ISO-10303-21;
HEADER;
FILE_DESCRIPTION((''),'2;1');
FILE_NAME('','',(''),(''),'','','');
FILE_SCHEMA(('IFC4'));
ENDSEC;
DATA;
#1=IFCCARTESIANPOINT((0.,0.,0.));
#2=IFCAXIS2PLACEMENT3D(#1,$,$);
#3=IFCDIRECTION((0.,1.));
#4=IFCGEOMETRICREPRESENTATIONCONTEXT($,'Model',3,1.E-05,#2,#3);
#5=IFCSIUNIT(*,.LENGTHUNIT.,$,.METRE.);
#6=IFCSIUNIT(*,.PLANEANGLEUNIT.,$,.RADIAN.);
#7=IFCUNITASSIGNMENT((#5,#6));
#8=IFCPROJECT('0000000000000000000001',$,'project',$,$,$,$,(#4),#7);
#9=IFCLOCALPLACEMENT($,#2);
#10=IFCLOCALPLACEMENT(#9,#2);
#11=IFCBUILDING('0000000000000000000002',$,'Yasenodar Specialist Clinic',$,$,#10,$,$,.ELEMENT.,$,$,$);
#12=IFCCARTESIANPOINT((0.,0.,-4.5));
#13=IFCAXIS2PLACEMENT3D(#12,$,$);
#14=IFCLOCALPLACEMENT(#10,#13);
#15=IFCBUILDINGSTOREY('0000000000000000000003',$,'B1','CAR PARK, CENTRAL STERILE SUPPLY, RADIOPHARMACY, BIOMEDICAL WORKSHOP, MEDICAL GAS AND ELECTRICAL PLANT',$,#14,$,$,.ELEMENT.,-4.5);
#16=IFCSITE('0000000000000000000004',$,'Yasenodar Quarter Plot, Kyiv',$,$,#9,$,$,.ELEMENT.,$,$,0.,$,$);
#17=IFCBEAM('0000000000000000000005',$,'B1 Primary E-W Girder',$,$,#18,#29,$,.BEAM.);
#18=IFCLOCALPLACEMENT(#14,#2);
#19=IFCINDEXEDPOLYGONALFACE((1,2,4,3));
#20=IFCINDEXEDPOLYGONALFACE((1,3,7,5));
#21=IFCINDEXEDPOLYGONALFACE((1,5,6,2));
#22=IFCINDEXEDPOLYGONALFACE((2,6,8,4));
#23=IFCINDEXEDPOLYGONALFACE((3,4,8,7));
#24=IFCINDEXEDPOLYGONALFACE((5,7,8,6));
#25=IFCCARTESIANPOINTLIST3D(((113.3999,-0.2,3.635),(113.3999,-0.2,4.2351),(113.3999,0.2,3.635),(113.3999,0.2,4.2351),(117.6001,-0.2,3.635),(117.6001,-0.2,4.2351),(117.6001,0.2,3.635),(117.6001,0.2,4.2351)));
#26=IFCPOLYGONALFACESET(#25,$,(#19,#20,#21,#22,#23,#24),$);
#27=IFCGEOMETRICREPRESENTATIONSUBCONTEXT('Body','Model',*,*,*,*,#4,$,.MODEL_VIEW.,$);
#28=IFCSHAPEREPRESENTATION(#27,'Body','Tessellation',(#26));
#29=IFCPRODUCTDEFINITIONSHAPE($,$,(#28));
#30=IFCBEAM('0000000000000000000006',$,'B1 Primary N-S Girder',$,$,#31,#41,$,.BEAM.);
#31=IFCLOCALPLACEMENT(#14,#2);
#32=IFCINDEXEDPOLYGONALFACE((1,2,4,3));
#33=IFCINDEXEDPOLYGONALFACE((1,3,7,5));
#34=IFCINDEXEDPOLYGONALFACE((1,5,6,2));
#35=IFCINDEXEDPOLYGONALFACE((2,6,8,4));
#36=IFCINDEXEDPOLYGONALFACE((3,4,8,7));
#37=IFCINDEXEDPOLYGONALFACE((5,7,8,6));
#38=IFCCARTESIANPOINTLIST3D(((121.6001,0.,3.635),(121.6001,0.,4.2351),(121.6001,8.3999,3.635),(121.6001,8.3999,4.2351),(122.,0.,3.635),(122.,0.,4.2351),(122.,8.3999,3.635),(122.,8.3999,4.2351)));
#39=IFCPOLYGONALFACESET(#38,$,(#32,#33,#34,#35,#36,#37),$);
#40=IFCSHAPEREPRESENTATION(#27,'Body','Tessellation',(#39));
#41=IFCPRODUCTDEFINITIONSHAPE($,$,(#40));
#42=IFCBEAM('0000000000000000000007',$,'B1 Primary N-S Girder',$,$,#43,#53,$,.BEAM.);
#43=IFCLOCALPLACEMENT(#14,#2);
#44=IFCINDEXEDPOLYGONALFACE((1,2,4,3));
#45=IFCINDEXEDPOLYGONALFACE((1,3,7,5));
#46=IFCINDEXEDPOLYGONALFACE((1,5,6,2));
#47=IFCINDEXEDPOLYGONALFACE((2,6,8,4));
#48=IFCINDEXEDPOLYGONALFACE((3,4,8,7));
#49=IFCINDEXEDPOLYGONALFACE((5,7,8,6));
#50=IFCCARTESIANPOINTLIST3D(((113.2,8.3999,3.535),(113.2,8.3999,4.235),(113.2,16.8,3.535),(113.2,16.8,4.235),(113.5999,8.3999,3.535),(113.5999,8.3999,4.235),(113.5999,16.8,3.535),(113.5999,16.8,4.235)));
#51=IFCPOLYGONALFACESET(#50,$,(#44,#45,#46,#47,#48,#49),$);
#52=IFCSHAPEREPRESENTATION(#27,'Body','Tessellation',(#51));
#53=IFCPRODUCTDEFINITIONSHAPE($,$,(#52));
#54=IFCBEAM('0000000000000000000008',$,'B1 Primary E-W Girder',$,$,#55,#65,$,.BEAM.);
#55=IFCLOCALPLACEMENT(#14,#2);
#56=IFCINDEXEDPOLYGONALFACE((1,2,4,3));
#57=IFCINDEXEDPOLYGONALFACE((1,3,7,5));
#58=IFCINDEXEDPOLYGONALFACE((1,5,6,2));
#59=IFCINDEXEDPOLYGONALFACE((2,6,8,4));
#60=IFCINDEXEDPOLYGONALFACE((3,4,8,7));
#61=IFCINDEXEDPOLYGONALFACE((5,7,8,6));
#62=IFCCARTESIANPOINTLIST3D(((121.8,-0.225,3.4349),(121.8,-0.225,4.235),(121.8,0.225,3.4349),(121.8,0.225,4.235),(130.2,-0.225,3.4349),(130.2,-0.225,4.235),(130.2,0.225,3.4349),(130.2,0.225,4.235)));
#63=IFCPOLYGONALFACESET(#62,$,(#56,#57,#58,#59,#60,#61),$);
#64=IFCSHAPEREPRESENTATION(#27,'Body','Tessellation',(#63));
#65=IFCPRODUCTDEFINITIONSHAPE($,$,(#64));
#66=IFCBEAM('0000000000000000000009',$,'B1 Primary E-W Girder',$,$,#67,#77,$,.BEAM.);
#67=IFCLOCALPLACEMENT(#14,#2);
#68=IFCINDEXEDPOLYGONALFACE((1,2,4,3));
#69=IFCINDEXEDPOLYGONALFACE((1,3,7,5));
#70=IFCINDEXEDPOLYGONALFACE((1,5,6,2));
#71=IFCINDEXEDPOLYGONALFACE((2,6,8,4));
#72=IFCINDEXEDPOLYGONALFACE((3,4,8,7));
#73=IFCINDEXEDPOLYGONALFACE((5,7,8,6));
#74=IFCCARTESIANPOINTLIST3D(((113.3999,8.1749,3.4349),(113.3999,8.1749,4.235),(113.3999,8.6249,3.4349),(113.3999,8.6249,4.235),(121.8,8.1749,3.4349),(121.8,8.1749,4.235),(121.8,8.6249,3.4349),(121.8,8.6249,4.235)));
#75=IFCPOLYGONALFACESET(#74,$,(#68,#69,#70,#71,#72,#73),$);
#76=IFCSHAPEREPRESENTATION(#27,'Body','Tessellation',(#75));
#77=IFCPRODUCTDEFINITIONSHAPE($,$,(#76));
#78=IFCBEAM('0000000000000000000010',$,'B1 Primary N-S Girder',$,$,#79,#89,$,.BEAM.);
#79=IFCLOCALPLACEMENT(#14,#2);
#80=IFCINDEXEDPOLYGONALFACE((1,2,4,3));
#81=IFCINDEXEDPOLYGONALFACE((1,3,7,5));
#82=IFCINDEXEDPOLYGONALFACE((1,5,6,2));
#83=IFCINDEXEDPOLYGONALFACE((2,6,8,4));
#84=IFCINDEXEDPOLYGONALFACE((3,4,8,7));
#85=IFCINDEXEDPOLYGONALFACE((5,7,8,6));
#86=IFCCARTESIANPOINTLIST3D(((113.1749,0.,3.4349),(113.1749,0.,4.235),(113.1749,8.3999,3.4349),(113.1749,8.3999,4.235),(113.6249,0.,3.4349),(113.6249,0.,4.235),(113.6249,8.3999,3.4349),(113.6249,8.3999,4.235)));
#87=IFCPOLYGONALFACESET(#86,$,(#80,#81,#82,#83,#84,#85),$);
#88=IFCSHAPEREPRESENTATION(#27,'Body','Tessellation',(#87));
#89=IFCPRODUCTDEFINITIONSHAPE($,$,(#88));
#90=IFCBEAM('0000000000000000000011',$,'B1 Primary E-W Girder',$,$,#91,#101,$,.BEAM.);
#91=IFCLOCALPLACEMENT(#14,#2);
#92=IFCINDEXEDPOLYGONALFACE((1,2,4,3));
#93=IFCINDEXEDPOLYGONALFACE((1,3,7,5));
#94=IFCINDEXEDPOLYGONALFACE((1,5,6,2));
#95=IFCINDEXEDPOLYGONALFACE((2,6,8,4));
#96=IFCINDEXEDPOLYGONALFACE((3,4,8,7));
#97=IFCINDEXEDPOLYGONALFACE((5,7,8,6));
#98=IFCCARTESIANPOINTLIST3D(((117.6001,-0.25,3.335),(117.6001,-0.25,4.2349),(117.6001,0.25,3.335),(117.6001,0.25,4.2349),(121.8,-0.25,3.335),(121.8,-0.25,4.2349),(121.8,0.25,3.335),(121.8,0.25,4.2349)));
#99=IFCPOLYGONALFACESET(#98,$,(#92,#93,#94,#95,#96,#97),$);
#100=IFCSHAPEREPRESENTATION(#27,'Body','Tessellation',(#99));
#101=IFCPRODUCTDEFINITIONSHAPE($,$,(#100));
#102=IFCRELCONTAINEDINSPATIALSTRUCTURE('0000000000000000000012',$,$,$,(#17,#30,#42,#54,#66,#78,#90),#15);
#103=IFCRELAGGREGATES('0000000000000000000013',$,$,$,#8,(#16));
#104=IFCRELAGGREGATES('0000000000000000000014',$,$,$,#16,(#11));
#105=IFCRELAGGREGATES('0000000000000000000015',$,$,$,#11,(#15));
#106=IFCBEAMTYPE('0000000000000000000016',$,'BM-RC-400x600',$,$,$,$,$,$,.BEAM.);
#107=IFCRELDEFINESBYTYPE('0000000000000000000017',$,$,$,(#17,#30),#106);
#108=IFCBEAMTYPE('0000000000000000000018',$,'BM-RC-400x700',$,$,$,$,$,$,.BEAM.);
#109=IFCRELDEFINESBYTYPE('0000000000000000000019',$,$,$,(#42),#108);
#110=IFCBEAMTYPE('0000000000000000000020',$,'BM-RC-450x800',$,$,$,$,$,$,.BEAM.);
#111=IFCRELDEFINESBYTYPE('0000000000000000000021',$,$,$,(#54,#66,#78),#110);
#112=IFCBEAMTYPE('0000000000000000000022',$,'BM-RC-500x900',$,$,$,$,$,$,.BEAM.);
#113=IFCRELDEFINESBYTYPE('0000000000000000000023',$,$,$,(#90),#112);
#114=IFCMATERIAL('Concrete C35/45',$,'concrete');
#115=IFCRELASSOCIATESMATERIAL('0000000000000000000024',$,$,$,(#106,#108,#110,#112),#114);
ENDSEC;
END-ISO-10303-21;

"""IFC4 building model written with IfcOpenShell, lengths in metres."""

from ifc_helpers import new_model, si_unit, direction, frame, origin, origin_2d, place, context, subcontext, project, spatial, rectangle, extrude, material, material_profile, profile_set, type_object, element, save


model = new_model("IFC4")

# Units and contexts
model_context = context("Model", 3, precision=1e-05, world=origin(), true_north=direction((0.0, 1.0)))
body_context = subcontext(model_context, "Body", "Model", "MODEL_VIEW")
ifc_project = project(units=[si_unit("LENGTHUNIT", "METRE"), si_unit("PLANEANGLEUNIT", "RADIAN")], contexts=[model_context])

# Site, building, storey
site_placement = place(None, origin())
site = spatial("IfcSite", under=ifc_project, at=site_placement, Name="Yasenodar Quarter Plot, Kyiv", CompositionType="ELEMENT", RefElevation=0.0)
building_placement = place(site_placement, origin())
building = spatial("IfcBuilding", under=site, at=building_placement, Name="Yasenodar Specialist Clinic", CompositionType="ELEMENT")
storey_placement = place(building_placement, frame((0.0, 0.0, -4.5)))
storey = spatial("IfcBuildingStorey", under=building, at=storey_placement, Name="B1", Description="CAR PARK, CENTRAL STERILE SUPPLY, RADIOPHARMACY, BIOMEDICAL WORKSHOP, MEDICAL GAS AND ELECTRICAL PLANT", CompositionType="ELEMENT", Elevation=-4.5)

# Shared definitions
ifc_material_1 = material(Name="Concrete C35/45", Category="concrete")

# Beams
ifc_material_profile_1 = material_profile(ifc_material_1, rectangle(XDim=0.3999, YDim=0.6001, at=origin_2d()), Name="RC 400x600")
ifc_profile_set_1 = profile_set([ifc_material_profile_1], Name="Concrete C35/45")
beam_type_1 = type_object("IfcBeamType", Name="BM-RC-400x600", PredefinedType="BEAM", material=ifc_profile_set_1)
beam_1_placement = place(storey_placement, frame((113.3999, 0.0, 3.9351), z_axis=(1.0, 0.0, 0.0), x_axis=(0.0, 1.0, 0.0)))
element("IfcBeam", 1, at=beam_1_placement, inside=storey, type_object=beam_type_1, Name="B1 Primary E-W Girder", PredefinedType="BEAM", context=body_context, shape_type="SweptSolid", body=[
    extrude(rectangle(XDim=0.3999, YDim=0.6001, at=origin_2d()), origin(), (0.0, 0.0, 1.0), 4.2002),
])
beam_2_placement = place(storey_placement, frame((121.8, 0.0, 3.9351), z_axis=(0.0, 1.0, 0.0), x_axis=(-1.0, 0.0, 0.0)))
element("IfcBeam", 2, at=beam_2_placement, inside=storey, type_object=beam_type_1, Name="B1 Primary N-S Girder", PredefinedType="BEAM", context=body_context, shape_type="SweptSolid", body=[
    extrude(rectangle(XDim=0.3999, YDim=0.6001, at=origin_2d()), origin(), (0.0, 0.0, 1.0), 8.3999),
])
ifc_material_profile_2 = material_profile(ifc_material_1, rectangle(XDim=0.3999, YDim=0.7, at=origin_2d()), Name="RC 400x700")
ifc_profile_set_2 = profile_set([ifc_material_profile_2], Name="Concrete C35/45")
beam_type_2 = type_object("IfcBeamType", Name="BM-RC-400x700", PredefinedType="BEAM", material=ifc_profile_set_2)
beam_3_placement = place(storey_placement, frame((113.3999, 8.3999, 3.885), z_axis=(0.0, 1.0, 0.0), x_axis=(-1.0, 0.0, 0.0)))
element("IfcBeam", 3, at=beam_3_placement, inside=storey, type_object=beam_type_2, Name="B1 Primary N-S Girder", PredefinedType="BEAM", context=body_context, shape_type="SweptSolid", body=[
    extrude(rectangle(XDim=0.3999, YDim=0.7, at=origin_2d()), origin(), (0.0, 0.0, 1.0), 8.4001),
])
ifc_material_profile_3 = material_profile(ifc_material_1, rectangle(XDim=0.45, YDim=0.8, at=origin_2d()), Name="RC 450x800")
ifc_profile_set_3 = profile_set([ifc_material_profile_3], Name="Concrete C35/45")
beam_type_3 = type_object("IfcBeamType", Name="BM-RC-450x800", PredefinedType="BEAM", material=ifc_profile_set_3)
beam_4_placement = place(storey_placement, frame((121.8, 0.0, 3.835), z_axis=(1.0, 0.0, 0.0), x_axis=(0.0, 1.0, 0.0)))
element("IfcBeam", 4, at=beam_4_placement, inside=storey, type_object=beam_type_3, Name="B1 Primary E-W Girder", PredefinedType="BEAM", context=body_context, shape_type="SweptSolid", body=[
    extrude(rectangle(XDim=0.45, YDim=0.8, at=origin_2d()), origin(), (0.0, 0.0, 1.0), 8.3999),
])
beam_5_placement = place(storey_placement, frame((113.3999, 8.3999, 3.835), z_axis=(1.0, 0.0, 0.0), x_axis=(0.0, 1.0, 0.0)))
element("IfcBeam", 5, at=beam_5_placement, inside=storey, type_object=beam_type_3, Name="B1 Primary E-W Girder", PredefinedType="BEAM", context=body_context, shape_type="SweptSolid", body=[
    extrude(rectangle(XDim=0.45, YDim=0.8, at=origin_2d()), origin(), (0.0, 0.0, 1.0), 8.4001),
])
beam_6_placement = place(storey_placement, frame((113.3999, 0.0, 3.835), z_axis=(0.0, 1.0, 0.0), x_axis=(-1.0, 0.0, 0.0)))
element("IfcBeam", 6, at=beam_6_placement, inside=storey, type_object=beam_type_3, Name="B1 Primary N-S Girder", PredefinedType="BEAM", context=body_context, shape_type="SweptSolid", body=[
    extrude(rectangle(XDim=0.45, YDim=0.8, at=origin_2d()), origin(), (0.0, 0.0, 1.0), 8.3999),
])
ifc_material_profile_4 = material_profile(ifc_material_1, rectangle(XDim=0.5, YDim=0.8999, at=origin_2d()), Name="RC 500x900")
ifc_profile_set_4 = profile_set([ifc_material_profile_4], Name="Concrete C35/45")
beam_type_4 = type_object("IfcBeamType", Name="BM-RC-500x900", PredefinedType="BEAM", material=ifc_profile_set_4)
beam_7_placement = place(storey_placement, frame((117.6001, 0.0, 3.7849), z_axis=(1.0, 0.0, 0.0), x_axis=(0.0, 1.0, 0.0)))
element("IfcBeam", 7, at=beam_7_placement, inside=storey, type_object=beam_type_4, Name="B1 Primary E-W Girder", PredefinedType="BEAM", context=body_context, shape_type="SweptSolid", body=[
    extrude(rectangle(XDim=0.5, YDim=0.8999, at=origin_2d()), origin(), (0.0, 0.0, 1.0), 4.2),
])

save(model, "model.ifc")
